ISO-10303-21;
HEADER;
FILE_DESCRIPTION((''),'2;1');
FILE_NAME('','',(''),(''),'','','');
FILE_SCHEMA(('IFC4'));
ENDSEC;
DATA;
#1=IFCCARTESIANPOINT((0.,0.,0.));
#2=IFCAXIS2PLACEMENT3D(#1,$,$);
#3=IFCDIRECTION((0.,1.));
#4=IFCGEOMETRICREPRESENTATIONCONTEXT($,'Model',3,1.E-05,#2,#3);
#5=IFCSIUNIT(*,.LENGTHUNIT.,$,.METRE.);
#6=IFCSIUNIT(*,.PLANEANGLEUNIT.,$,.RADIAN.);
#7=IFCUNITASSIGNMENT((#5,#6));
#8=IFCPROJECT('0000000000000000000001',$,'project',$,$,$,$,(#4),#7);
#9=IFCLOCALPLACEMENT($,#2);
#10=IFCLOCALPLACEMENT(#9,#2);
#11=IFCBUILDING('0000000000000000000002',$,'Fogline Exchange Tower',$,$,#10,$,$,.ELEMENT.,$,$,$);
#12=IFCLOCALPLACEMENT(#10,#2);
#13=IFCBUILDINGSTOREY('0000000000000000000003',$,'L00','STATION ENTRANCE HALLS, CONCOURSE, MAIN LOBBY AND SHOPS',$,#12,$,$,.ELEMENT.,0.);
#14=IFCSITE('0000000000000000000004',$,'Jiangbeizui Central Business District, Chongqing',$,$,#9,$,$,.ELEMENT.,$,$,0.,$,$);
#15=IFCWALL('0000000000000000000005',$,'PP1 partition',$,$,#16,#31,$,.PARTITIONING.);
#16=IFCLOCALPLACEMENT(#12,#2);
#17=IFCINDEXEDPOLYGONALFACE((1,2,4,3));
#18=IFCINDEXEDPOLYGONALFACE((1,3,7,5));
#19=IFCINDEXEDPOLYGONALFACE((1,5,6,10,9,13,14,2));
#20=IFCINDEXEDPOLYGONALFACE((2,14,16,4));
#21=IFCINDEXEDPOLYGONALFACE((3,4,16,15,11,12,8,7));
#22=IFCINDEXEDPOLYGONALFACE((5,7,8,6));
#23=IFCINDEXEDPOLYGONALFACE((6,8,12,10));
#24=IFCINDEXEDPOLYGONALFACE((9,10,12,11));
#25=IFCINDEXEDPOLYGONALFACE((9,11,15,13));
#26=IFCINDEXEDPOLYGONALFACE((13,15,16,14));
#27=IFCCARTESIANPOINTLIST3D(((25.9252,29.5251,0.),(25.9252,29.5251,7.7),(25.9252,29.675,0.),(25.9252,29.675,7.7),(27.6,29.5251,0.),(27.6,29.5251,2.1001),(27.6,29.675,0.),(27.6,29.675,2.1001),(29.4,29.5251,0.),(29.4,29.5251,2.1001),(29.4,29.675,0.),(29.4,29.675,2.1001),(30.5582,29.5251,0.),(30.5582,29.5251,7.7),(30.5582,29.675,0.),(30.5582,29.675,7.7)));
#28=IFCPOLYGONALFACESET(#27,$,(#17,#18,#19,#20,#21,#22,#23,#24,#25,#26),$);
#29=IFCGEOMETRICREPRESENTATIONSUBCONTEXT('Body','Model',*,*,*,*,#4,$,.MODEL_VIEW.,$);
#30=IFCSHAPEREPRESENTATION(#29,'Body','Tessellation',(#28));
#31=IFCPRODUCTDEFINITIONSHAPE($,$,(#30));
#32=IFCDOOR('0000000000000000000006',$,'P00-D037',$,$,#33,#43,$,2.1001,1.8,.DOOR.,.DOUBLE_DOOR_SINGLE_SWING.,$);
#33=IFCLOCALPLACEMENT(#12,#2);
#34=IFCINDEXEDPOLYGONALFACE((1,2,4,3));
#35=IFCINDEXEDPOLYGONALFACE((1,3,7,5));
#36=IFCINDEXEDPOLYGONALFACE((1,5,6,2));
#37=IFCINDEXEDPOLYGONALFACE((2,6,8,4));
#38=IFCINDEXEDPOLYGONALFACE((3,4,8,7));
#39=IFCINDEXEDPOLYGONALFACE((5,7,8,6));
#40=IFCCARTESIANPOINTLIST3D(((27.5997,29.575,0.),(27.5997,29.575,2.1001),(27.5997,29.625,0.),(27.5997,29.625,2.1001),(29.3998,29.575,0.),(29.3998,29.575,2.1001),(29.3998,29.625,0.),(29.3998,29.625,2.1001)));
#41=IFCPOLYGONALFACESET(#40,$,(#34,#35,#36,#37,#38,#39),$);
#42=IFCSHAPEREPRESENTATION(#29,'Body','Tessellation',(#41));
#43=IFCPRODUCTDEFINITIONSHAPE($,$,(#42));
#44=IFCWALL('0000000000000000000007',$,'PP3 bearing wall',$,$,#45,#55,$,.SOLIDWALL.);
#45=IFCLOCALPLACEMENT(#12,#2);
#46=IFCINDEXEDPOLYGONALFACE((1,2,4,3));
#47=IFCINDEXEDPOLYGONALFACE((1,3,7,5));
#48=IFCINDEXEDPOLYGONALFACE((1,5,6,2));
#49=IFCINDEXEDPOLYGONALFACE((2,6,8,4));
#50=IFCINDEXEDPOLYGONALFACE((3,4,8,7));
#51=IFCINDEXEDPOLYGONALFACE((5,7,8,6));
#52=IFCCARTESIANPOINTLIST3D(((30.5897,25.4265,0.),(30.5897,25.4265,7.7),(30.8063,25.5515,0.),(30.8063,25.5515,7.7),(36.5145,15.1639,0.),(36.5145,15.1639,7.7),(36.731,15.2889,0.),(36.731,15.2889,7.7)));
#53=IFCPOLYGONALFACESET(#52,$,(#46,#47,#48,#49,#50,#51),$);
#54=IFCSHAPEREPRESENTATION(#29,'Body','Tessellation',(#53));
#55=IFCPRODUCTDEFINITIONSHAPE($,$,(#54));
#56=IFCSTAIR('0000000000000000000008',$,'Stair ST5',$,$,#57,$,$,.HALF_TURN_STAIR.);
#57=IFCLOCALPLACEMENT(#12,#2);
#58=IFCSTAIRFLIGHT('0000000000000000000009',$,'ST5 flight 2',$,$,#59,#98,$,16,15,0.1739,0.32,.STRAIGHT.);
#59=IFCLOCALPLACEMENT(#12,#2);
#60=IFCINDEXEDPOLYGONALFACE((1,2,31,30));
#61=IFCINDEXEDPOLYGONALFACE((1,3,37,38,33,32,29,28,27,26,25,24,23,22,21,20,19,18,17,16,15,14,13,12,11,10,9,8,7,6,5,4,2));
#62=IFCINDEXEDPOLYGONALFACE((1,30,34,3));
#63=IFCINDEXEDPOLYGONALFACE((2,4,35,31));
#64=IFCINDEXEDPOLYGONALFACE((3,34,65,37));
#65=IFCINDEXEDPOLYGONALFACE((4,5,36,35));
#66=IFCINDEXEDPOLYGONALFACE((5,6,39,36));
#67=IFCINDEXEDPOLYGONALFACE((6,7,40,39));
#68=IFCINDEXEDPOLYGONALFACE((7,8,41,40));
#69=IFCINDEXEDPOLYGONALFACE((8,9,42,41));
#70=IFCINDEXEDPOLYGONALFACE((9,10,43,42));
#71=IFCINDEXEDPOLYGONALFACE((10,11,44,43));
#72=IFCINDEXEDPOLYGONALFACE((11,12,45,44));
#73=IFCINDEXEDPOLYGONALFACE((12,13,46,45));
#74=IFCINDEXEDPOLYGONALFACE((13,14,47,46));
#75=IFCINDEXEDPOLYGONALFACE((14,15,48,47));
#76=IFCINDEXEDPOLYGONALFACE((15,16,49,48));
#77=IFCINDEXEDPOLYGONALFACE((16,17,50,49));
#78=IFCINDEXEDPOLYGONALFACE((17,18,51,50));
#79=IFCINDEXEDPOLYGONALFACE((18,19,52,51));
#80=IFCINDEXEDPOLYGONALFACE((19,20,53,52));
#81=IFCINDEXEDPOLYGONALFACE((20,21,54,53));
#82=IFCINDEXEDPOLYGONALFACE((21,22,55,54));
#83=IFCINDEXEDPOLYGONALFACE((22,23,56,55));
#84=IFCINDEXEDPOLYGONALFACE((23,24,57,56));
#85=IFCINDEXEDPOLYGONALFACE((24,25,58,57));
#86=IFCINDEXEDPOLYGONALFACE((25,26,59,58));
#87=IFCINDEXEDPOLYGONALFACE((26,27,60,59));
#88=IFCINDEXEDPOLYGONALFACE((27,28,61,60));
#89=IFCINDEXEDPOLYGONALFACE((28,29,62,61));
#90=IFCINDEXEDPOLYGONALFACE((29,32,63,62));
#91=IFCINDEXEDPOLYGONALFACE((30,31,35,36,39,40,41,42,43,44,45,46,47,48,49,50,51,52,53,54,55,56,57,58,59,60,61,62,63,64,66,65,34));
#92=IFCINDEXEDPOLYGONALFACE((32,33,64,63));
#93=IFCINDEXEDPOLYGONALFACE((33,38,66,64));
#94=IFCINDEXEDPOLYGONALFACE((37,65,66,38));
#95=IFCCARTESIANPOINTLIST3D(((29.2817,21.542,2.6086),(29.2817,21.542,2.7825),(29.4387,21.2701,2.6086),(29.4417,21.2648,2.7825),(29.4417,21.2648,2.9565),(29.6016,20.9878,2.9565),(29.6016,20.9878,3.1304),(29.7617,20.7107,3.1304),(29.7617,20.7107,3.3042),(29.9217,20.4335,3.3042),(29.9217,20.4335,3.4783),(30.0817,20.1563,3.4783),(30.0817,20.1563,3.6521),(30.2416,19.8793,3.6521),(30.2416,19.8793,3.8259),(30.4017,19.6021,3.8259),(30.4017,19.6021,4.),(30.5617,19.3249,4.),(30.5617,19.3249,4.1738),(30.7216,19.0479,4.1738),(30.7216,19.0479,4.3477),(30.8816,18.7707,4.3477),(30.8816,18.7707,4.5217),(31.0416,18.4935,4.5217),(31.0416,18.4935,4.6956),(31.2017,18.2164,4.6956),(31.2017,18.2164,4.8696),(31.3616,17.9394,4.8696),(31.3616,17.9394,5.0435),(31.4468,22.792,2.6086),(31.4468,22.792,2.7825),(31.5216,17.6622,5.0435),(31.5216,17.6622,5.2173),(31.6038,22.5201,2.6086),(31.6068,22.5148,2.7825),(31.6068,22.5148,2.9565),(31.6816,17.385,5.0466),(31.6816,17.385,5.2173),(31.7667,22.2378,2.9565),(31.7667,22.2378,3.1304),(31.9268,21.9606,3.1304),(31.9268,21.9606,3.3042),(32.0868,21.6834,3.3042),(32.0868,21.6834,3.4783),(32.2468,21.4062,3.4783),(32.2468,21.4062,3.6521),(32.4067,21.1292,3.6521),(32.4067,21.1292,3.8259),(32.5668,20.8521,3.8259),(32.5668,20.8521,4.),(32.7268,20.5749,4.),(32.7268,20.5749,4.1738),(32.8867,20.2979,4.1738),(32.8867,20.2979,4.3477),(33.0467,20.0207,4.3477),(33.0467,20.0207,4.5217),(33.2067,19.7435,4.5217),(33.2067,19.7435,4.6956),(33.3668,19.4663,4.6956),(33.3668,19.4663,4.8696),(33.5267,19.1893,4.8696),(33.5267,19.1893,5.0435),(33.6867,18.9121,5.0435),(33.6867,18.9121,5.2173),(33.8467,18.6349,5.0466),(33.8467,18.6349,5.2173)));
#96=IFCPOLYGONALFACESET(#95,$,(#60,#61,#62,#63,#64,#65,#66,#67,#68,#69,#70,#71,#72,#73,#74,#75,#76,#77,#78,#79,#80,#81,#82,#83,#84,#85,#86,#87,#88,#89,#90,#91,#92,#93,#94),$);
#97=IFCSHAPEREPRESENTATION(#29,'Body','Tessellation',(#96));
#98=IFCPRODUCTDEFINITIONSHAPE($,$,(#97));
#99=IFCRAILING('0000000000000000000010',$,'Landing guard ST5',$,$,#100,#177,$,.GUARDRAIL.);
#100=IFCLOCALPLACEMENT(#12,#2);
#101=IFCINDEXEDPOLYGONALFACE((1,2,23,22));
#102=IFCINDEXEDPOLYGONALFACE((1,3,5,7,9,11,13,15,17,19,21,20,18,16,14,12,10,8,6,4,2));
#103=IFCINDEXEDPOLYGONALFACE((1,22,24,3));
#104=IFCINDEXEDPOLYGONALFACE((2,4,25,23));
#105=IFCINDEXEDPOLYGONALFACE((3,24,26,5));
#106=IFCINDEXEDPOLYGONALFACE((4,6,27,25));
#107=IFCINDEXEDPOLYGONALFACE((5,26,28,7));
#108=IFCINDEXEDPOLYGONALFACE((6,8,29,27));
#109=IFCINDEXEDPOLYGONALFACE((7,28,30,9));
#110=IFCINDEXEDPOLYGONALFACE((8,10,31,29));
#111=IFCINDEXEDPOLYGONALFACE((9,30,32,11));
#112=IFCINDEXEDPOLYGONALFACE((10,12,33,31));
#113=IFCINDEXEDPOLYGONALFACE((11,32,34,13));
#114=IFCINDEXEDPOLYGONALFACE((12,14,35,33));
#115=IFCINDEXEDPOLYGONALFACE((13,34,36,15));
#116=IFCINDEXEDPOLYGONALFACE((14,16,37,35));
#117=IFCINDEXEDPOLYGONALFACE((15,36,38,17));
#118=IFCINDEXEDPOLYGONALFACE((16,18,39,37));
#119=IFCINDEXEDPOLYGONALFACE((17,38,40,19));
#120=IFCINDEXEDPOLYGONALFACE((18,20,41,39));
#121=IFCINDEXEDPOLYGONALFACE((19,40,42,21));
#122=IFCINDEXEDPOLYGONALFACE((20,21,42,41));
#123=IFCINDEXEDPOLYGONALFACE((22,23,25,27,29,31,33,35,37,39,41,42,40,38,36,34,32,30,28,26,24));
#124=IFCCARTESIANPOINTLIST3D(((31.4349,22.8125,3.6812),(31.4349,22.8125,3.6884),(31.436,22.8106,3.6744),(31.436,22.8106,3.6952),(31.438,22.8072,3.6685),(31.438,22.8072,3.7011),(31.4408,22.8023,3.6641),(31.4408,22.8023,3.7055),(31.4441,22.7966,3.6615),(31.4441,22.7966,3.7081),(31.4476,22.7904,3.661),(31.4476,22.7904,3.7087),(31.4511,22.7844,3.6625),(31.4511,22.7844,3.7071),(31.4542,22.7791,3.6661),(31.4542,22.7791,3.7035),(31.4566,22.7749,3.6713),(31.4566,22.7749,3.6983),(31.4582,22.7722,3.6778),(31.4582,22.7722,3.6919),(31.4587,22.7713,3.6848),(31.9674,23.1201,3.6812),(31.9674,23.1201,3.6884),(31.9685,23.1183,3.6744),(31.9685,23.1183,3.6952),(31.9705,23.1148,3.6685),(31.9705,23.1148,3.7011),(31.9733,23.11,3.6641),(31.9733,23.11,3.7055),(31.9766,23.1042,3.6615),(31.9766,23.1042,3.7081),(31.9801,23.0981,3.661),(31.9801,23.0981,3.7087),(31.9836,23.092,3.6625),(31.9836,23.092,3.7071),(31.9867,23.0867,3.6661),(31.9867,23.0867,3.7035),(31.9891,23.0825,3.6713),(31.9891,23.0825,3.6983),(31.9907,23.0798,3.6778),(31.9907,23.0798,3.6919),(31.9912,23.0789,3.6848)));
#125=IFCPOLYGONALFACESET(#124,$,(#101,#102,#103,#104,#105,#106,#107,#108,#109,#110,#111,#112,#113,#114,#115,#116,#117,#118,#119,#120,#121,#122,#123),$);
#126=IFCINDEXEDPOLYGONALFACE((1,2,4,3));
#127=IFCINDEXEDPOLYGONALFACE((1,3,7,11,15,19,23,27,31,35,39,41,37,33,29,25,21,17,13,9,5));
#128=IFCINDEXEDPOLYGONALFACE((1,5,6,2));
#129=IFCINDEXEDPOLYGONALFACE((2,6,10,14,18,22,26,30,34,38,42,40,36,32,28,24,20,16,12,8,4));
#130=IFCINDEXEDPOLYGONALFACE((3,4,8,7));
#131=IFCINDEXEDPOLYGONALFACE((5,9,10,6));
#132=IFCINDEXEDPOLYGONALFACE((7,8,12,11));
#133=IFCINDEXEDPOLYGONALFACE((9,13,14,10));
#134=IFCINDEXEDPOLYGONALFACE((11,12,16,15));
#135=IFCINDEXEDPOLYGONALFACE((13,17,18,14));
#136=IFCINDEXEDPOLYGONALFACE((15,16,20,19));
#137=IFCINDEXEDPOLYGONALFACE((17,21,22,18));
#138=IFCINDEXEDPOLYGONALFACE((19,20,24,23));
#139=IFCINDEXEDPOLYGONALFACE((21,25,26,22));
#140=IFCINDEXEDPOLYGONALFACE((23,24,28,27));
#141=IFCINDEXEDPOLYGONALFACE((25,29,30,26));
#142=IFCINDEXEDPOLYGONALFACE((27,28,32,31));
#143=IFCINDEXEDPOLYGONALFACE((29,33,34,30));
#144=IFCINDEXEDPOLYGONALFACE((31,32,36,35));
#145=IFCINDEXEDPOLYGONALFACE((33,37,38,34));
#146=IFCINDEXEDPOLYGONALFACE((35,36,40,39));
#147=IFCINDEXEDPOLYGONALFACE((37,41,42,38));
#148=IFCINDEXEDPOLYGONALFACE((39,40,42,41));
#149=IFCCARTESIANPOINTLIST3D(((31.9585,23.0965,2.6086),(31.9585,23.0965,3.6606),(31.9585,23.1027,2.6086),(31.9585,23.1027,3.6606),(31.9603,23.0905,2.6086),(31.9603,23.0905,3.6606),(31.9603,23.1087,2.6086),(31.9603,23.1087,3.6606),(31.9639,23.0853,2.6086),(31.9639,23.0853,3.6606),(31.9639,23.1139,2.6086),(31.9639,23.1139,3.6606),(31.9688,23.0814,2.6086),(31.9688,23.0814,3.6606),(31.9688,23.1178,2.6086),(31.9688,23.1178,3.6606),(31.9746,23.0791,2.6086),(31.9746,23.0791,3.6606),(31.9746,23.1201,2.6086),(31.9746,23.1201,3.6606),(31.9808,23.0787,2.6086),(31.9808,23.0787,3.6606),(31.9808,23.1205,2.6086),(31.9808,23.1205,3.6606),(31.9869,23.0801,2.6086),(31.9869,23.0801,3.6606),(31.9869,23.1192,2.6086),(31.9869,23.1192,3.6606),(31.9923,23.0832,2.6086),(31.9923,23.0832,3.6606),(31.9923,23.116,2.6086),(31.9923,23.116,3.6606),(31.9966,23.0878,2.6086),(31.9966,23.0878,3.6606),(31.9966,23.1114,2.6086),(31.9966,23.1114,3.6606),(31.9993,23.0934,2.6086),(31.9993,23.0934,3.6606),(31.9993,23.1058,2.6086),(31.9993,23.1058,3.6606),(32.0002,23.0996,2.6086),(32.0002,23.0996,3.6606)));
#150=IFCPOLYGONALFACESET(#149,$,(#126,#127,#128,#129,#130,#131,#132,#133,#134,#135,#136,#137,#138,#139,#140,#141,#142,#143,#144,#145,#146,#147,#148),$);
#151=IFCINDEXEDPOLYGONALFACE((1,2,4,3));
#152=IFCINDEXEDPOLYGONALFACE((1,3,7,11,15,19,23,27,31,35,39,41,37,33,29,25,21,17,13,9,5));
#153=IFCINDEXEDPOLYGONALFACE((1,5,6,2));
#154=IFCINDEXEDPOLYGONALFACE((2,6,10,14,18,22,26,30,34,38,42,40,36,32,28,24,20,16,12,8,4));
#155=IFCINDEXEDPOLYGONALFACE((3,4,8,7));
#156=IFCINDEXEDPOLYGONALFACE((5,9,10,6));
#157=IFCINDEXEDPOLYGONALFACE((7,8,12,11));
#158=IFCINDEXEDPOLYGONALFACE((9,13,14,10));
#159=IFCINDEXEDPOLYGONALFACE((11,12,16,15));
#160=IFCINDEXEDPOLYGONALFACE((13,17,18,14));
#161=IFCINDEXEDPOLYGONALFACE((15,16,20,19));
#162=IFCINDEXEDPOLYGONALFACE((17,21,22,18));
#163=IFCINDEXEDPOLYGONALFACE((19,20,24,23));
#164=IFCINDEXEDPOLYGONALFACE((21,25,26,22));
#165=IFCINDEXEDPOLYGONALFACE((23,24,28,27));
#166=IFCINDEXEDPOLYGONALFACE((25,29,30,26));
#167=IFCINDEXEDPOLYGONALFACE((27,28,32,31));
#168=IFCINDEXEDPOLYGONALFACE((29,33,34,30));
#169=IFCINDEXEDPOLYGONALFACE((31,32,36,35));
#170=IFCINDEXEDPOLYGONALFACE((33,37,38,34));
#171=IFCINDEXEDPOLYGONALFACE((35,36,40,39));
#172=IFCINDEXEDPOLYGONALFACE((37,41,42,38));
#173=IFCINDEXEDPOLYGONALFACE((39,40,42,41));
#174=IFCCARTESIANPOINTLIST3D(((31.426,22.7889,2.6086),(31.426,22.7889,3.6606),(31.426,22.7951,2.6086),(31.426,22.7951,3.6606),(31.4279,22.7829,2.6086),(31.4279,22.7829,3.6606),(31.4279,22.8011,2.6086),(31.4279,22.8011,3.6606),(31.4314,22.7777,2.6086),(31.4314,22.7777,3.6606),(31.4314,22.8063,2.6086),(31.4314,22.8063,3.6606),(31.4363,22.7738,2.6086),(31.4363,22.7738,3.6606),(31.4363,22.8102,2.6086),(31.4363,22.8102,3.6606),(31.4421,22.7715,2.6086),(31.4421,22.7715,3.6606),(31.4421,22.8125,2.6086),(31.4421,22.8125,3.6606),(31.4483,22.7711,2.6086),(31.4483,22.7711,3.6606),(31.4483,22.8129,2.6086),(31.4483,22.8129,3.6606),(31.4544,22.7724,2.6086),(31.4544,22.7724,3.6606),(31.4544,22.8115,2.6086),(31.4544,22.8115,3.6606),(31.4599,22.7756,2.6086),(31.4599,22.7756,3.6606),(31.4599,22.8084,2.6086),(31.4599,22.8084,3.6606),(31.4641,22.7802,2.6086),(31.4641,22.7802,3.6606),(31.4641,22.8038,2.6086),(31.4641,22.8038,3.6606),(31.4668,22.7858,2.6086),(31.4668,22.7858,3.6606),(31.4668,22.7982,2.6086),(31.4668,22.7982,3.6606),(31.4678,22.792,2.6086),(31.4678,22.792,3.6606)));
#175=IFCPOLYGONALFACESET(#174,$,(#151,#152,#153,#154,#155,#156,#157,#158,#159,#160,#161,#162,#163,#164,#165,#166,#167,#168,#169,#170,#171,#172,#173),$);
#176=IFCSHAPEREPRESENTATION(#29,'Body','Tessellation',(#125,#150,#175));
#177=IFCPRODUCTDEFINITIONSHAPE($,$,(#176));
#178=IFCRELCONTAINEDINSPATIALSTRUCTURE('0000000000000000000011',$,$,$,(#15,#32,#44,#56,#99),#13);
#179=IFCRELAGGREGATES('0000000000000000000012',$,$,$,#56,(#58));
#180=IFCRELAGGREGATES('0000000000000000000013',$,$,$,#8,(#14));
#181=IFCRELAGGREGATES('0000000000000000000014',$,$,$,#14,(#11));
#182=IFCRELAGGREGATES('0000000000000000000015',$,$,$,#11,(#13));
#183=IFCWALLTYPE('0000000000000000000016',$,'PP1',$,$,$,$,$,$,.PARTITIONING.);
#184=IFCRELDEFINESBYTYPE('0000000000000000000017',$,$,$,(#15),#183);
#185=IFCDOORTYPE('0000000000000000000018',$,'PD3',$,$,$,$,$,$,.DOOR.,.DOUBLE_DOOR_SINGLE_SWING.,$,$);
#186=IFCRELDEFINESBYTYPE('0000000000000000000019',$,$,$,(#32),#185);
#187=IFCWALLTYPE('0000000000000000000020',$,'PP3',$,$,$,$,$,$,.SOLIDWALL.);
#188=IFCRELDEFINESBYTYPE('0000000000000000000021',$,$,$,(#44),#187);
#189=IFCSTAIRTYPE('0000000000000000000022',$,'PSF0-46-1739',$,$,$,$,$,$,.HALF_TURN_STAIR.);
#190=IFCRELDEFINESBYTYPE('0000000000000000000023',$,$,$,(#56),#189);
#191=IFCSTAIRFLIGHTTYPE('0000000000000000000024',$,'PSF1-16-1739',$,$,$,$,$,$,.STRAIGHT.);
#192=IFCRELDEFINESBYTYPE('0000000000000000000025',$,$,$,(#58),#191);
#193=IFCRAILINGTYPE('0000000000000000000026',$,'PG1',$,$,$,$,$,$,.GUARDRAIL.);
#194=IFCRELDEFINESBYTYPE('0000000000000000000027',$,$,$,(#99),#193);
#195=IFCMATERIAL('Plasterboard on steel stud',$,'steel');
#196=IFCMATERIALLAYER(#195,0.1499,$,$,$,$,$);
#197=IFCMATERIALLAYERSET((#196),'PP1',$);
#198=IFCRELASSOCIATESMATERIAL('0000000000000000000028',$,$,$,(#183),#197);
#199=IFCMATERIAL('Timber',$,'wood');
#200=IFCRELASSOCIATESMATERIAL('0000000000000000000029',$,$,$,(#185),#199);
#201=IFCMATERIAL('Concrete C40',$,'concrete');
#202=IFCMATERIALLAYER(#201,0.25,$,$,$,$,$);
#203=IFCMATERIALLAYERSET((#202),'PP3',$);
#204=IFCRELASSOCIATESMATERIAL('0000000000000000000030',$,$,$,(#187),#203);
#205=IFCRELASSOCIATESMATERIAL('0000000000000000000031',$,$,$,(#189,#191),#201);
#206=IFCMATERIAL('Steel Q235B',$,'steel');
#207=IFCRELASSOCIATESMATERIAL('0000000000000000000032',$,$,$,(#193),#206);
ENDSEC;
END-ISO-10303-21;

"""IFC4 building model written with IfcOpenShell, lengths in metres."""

from ifc_helpers import new_model, si_unit, direction, frame, frame_2d, origin, origin_2d, place, context, subcontext, project, spatial, polyline, rectangle, circle, outline, extrude, material, layer, layer_set, type_object, element, fill, aggregate, save


model = new_model("IFC4")

# Units and contexts
model_context = context("Model", 3, precision=1e-05, world=origin(), true_north=direction((0.0, 1.0)))
body_context = subcontext(model_context, "Body", "Model", "MODEL_VIEW")
ifc_project = project(units=[si_unit("LENGTHUNIT", "METRE"), si_unit("PLANEANGLEUNIT", "RADIAN")], contexts=[model_context])

# Site, building, storey
site_placement = place(None, origin())
site = spatial("IfcSite", under=ifc_project, at=site_placement, Name="Jiangbeizui Central Business District, Chongqing", CompositionType="ELEMENT", RefElevation=0.0)
building_placement = place(site_placement, origin())
building = spatial("IfcBuilding", under=site, at=building_placement, Name="Fogline Exchange Tower", CompositionType="ELEMENT")
storey_placement = place(building_placement, origin())
storey = spatial("IfcBuildingStorey", under=building, at=storey_placement, Name="L00", Description="STATION ENTRANCE HALLS, CONCOURSE, MAIN LOBBY AND SHOPS", CompositionType="ELEMENT", Elevation=0.0)

# Shared definitions
ifc_material_1 = material(Name="Concrete C40", Category="concrete")

# Shared definitions
ifc_material_2 = material(Name="Steel Q235B", Category="steel")

# Wall, opening, door
ifc_material_3 = material(Name="Plasterboard on steel stud", Category="steel")
ifc_layer_1 = layer(ifc_material_3, 0.1499)
ifc_layer_set_1 = layer_set([ifc_layer_1], Name="PP1")
wall_type_1 = type_object("IfcWallType", Name="PP1", PredefinedType="PARTITIONING", material=ifc_layer_set_1)
wall_1_placement = place(storey_placement, frame((30.5581, 29.6001, 0.0), z_axis=(0.0, 0.0, 1.0), x_axis=(-1.0, 0.0, 0.0)))
wall_1 = element("IfcWall", 1, at=wall_1_placement, inside=storey, type_object=wall_type_1, Name="PP1 partition", PredefinedType="PARTITIONING", context=body_context, shape_type="SweptSolid", body=[
    extrude(rectangle(XDim=4.6331, YDim=0.1499, at=frame_2d((2.3164, 0.0))), origin(), (0.0, 0.0, 1.0), 7.7),
])
opening_1_placement = place(wall_1_placement, frame((1.1582, 0.0, 0.0)))
opening_1 = element("IfcOpeningElement", 2, at=opening_1_placement, cuts=wall_1, PredefinedType="OPENING", context=body_context, shape_type="SweptSolid", body=[
    extrude(rectangle(XDim=1.8, YDim=2.1001, at=frame_2d((0.8999, 1.05))), frame((0.0, 0.085, 0.0), z_axis=(0.0, -1.0, 0.0), x_axis=(1.0, 0.0, 0.0)), (0.0, 0.0, 1.0), 0.1699),
])
ifc_material_4 = material(Name="Timber", Category="wood")
door_type_1 = type_object("IfcDoorType", Name="PD3", OperationType="DOUBLE_DOOR_SINGLE_SWING", PredefinedType="DOOR", material=ifc_material_4)
door_1_placement = place(opening_1_placement, frame((1.8, 0.0, 0.0), z_axis=(0.0, 0.0, 1.0), x_axis=(-1.0, 0.0, 0.0)))
door_1 = element("IfcDoor", 3, at=door_1_placement, inside=storey, type_object=door_type_1, Name="P00-D037", OperationType="DOUBLE_DOOR_SINGLE_SWING", OverallHeight=2.1001, OverallWidth=1.8, PredefinedType="DOOR", context=body_context, shape_type="SweptSolid", body=[
    extrude(rectangle(XDim=1.8, YDim=2.1001, at=frame_2d((0.8999, 1.05))), frame((0.0, 0.0249, 0.0), z_axis=(0.0, -1.0, 0.0), x_axis=(1.0, 0.0, 0.0)), (0.0, 0.0, 1.0), 0.05),
])
fill(opening_1, door_1)

# Wall
ifc_layer_2 = layer(ifc_material_1, 0.25)
ifc_layer_set_2 = layer_set([ifc_layer_2], Name="PP3")
wall_type_2 = type_object("IfcWallType", Name="PP3", PredefinedType="SOLIDWALL", material=ifc_layer_set_2)
wall_2_placement = place(storey_placement, frame((30.698, 25.489, 0.0), z_axis=(0.0, 0.0, 1.0), x_axis=(0.499977, -0.866039, 0.0)))
element("IfcWall", 4, at=wall_2_placement, inside=storey, type_object=wall_type_2, Name="PP3 bearing wall", PredefinedType="SOLIDWALL", context=body_context, shape_type="SweptSolid", body=[
    extrude(rectangle(XDim=11.8501, YDim=0.25, at=frame_2d((5.925, 0.0))), origin(), (0.0, 0.0, 1.0), 7.7),
])

# Stair, stair flight
stair_type = type_object("IfcStairType", Name="PSF0-46-1739", PredefinedType="HALF_TURN_STAIR", material=ifc_material_1)
stair_placement = place(storey_placement, origin())
stair = element("IfcStair", 5, at=stair_placement, inside=storey, type_object=stair_type, Name="Stair ST5", PredefinedType="HALF_TURN_STAIR")
stair_flight_type = type_object("IfcStairFlightType", Name="PSF1-16-1739", PredefinedType="STRAIGHT", material=ifc_material_1)
stair_flight_placement = place(storey_placement, frame((30.3643, 22.167, 2.6086), z_axis=(0.0, 0.0, 1.0), x_axis=(0.499979, -0.866037, 0.0)))
stair_flight = element("IfcStairFlight", 6, at=stair_flight_placement, type_object=stair_flight_type, Name="ST5 flight 2", NumberOfRisers=16, NumberOfTreads=15, PredefinedType="STRAIGHT", RiserHeight=0.1739, TreadLength=0.32, context=body_context, shape_type="SweptSolid", body=[
    extrude(outline(polyline([(0.0, 0.0), (0.0, 0.1738), (0.3201, 0.1738), (0.3201, 0.3479), (0.6399, 0.3479), (0.6399, 0.5217), (0.96, 0.5217), (0.96, 0.6956), (1.28, 0.6956), (1.28, 0.8696), (1.6001, 0.8696), (1.6001, 1.0435), (1.9199, 1.0435), (1.9199, 1.2173), (2.24, 1.2173), (2.24, 1.3914), (2.5601, 1.3914), (2.5601, 1.5652), (2.8799, 1.5652), (2.8799, 1.739), (3.2, 1.739), (3.2, 1.9131), (3.52, 1.9131), (3.52, 2.0869), (3.8401, 2.0869), (3.8401, 2.261), (4.1599, 2.261), (4.1599, 2.4348), (4.48, 2.4348), (4.48, 2.6086), (4.8, 2.6086), (4.8, 2.7827), (4.8, 2.438), (0.314, 0.0), (0.0, 0.0)])), frame((0.0, 1.25, 0.0), z_axis=(0.0, -1.0, 0.0), x_axis=(1.0, 0.0, 0.0)), (0.0, 0.0, 1.0), 2.5),
])
aggregate(stair, [stair_flight])

# Railing
railing_type_1 = type_object("IfcRailingType", Name="PG1", PredefinedType="GUARDRAIL", material=ifc_material_2)
railing_1_placement = place(storey_placement, frame((31.9792, 23.0996, 2.6086)))
element("IfcRailing", 7, at=railing_1_placement, inside=storey, type_object=railing_type_1, Name="Landing guard ST5", PredefinedType="GUARDRAIL", context=body_context, shape_type="SweptSolid", body=[
    extrude(circle(Radius=0.0239, at=origin_2d()), frame((0.0, 0.0, 1.0762), z_axis=(-0.865888, -0.500238, 0.0), x_axis=(0.500238, -0.865888, 0.0)), (0.0, 0.0, 1.0), 0.615),
    extrude(circle(Radius=0.021, at=origin_2d()), origin(), (0.0, 0.0, 1.0), 1.052),
    extrude(circle(Radius=0.021, at=origin_2d()), frame((-0.5325, -0.3076, 0.0)), (0.0, 0.0, 1.0), 1.052),
])

save(model, "model.ifc")
